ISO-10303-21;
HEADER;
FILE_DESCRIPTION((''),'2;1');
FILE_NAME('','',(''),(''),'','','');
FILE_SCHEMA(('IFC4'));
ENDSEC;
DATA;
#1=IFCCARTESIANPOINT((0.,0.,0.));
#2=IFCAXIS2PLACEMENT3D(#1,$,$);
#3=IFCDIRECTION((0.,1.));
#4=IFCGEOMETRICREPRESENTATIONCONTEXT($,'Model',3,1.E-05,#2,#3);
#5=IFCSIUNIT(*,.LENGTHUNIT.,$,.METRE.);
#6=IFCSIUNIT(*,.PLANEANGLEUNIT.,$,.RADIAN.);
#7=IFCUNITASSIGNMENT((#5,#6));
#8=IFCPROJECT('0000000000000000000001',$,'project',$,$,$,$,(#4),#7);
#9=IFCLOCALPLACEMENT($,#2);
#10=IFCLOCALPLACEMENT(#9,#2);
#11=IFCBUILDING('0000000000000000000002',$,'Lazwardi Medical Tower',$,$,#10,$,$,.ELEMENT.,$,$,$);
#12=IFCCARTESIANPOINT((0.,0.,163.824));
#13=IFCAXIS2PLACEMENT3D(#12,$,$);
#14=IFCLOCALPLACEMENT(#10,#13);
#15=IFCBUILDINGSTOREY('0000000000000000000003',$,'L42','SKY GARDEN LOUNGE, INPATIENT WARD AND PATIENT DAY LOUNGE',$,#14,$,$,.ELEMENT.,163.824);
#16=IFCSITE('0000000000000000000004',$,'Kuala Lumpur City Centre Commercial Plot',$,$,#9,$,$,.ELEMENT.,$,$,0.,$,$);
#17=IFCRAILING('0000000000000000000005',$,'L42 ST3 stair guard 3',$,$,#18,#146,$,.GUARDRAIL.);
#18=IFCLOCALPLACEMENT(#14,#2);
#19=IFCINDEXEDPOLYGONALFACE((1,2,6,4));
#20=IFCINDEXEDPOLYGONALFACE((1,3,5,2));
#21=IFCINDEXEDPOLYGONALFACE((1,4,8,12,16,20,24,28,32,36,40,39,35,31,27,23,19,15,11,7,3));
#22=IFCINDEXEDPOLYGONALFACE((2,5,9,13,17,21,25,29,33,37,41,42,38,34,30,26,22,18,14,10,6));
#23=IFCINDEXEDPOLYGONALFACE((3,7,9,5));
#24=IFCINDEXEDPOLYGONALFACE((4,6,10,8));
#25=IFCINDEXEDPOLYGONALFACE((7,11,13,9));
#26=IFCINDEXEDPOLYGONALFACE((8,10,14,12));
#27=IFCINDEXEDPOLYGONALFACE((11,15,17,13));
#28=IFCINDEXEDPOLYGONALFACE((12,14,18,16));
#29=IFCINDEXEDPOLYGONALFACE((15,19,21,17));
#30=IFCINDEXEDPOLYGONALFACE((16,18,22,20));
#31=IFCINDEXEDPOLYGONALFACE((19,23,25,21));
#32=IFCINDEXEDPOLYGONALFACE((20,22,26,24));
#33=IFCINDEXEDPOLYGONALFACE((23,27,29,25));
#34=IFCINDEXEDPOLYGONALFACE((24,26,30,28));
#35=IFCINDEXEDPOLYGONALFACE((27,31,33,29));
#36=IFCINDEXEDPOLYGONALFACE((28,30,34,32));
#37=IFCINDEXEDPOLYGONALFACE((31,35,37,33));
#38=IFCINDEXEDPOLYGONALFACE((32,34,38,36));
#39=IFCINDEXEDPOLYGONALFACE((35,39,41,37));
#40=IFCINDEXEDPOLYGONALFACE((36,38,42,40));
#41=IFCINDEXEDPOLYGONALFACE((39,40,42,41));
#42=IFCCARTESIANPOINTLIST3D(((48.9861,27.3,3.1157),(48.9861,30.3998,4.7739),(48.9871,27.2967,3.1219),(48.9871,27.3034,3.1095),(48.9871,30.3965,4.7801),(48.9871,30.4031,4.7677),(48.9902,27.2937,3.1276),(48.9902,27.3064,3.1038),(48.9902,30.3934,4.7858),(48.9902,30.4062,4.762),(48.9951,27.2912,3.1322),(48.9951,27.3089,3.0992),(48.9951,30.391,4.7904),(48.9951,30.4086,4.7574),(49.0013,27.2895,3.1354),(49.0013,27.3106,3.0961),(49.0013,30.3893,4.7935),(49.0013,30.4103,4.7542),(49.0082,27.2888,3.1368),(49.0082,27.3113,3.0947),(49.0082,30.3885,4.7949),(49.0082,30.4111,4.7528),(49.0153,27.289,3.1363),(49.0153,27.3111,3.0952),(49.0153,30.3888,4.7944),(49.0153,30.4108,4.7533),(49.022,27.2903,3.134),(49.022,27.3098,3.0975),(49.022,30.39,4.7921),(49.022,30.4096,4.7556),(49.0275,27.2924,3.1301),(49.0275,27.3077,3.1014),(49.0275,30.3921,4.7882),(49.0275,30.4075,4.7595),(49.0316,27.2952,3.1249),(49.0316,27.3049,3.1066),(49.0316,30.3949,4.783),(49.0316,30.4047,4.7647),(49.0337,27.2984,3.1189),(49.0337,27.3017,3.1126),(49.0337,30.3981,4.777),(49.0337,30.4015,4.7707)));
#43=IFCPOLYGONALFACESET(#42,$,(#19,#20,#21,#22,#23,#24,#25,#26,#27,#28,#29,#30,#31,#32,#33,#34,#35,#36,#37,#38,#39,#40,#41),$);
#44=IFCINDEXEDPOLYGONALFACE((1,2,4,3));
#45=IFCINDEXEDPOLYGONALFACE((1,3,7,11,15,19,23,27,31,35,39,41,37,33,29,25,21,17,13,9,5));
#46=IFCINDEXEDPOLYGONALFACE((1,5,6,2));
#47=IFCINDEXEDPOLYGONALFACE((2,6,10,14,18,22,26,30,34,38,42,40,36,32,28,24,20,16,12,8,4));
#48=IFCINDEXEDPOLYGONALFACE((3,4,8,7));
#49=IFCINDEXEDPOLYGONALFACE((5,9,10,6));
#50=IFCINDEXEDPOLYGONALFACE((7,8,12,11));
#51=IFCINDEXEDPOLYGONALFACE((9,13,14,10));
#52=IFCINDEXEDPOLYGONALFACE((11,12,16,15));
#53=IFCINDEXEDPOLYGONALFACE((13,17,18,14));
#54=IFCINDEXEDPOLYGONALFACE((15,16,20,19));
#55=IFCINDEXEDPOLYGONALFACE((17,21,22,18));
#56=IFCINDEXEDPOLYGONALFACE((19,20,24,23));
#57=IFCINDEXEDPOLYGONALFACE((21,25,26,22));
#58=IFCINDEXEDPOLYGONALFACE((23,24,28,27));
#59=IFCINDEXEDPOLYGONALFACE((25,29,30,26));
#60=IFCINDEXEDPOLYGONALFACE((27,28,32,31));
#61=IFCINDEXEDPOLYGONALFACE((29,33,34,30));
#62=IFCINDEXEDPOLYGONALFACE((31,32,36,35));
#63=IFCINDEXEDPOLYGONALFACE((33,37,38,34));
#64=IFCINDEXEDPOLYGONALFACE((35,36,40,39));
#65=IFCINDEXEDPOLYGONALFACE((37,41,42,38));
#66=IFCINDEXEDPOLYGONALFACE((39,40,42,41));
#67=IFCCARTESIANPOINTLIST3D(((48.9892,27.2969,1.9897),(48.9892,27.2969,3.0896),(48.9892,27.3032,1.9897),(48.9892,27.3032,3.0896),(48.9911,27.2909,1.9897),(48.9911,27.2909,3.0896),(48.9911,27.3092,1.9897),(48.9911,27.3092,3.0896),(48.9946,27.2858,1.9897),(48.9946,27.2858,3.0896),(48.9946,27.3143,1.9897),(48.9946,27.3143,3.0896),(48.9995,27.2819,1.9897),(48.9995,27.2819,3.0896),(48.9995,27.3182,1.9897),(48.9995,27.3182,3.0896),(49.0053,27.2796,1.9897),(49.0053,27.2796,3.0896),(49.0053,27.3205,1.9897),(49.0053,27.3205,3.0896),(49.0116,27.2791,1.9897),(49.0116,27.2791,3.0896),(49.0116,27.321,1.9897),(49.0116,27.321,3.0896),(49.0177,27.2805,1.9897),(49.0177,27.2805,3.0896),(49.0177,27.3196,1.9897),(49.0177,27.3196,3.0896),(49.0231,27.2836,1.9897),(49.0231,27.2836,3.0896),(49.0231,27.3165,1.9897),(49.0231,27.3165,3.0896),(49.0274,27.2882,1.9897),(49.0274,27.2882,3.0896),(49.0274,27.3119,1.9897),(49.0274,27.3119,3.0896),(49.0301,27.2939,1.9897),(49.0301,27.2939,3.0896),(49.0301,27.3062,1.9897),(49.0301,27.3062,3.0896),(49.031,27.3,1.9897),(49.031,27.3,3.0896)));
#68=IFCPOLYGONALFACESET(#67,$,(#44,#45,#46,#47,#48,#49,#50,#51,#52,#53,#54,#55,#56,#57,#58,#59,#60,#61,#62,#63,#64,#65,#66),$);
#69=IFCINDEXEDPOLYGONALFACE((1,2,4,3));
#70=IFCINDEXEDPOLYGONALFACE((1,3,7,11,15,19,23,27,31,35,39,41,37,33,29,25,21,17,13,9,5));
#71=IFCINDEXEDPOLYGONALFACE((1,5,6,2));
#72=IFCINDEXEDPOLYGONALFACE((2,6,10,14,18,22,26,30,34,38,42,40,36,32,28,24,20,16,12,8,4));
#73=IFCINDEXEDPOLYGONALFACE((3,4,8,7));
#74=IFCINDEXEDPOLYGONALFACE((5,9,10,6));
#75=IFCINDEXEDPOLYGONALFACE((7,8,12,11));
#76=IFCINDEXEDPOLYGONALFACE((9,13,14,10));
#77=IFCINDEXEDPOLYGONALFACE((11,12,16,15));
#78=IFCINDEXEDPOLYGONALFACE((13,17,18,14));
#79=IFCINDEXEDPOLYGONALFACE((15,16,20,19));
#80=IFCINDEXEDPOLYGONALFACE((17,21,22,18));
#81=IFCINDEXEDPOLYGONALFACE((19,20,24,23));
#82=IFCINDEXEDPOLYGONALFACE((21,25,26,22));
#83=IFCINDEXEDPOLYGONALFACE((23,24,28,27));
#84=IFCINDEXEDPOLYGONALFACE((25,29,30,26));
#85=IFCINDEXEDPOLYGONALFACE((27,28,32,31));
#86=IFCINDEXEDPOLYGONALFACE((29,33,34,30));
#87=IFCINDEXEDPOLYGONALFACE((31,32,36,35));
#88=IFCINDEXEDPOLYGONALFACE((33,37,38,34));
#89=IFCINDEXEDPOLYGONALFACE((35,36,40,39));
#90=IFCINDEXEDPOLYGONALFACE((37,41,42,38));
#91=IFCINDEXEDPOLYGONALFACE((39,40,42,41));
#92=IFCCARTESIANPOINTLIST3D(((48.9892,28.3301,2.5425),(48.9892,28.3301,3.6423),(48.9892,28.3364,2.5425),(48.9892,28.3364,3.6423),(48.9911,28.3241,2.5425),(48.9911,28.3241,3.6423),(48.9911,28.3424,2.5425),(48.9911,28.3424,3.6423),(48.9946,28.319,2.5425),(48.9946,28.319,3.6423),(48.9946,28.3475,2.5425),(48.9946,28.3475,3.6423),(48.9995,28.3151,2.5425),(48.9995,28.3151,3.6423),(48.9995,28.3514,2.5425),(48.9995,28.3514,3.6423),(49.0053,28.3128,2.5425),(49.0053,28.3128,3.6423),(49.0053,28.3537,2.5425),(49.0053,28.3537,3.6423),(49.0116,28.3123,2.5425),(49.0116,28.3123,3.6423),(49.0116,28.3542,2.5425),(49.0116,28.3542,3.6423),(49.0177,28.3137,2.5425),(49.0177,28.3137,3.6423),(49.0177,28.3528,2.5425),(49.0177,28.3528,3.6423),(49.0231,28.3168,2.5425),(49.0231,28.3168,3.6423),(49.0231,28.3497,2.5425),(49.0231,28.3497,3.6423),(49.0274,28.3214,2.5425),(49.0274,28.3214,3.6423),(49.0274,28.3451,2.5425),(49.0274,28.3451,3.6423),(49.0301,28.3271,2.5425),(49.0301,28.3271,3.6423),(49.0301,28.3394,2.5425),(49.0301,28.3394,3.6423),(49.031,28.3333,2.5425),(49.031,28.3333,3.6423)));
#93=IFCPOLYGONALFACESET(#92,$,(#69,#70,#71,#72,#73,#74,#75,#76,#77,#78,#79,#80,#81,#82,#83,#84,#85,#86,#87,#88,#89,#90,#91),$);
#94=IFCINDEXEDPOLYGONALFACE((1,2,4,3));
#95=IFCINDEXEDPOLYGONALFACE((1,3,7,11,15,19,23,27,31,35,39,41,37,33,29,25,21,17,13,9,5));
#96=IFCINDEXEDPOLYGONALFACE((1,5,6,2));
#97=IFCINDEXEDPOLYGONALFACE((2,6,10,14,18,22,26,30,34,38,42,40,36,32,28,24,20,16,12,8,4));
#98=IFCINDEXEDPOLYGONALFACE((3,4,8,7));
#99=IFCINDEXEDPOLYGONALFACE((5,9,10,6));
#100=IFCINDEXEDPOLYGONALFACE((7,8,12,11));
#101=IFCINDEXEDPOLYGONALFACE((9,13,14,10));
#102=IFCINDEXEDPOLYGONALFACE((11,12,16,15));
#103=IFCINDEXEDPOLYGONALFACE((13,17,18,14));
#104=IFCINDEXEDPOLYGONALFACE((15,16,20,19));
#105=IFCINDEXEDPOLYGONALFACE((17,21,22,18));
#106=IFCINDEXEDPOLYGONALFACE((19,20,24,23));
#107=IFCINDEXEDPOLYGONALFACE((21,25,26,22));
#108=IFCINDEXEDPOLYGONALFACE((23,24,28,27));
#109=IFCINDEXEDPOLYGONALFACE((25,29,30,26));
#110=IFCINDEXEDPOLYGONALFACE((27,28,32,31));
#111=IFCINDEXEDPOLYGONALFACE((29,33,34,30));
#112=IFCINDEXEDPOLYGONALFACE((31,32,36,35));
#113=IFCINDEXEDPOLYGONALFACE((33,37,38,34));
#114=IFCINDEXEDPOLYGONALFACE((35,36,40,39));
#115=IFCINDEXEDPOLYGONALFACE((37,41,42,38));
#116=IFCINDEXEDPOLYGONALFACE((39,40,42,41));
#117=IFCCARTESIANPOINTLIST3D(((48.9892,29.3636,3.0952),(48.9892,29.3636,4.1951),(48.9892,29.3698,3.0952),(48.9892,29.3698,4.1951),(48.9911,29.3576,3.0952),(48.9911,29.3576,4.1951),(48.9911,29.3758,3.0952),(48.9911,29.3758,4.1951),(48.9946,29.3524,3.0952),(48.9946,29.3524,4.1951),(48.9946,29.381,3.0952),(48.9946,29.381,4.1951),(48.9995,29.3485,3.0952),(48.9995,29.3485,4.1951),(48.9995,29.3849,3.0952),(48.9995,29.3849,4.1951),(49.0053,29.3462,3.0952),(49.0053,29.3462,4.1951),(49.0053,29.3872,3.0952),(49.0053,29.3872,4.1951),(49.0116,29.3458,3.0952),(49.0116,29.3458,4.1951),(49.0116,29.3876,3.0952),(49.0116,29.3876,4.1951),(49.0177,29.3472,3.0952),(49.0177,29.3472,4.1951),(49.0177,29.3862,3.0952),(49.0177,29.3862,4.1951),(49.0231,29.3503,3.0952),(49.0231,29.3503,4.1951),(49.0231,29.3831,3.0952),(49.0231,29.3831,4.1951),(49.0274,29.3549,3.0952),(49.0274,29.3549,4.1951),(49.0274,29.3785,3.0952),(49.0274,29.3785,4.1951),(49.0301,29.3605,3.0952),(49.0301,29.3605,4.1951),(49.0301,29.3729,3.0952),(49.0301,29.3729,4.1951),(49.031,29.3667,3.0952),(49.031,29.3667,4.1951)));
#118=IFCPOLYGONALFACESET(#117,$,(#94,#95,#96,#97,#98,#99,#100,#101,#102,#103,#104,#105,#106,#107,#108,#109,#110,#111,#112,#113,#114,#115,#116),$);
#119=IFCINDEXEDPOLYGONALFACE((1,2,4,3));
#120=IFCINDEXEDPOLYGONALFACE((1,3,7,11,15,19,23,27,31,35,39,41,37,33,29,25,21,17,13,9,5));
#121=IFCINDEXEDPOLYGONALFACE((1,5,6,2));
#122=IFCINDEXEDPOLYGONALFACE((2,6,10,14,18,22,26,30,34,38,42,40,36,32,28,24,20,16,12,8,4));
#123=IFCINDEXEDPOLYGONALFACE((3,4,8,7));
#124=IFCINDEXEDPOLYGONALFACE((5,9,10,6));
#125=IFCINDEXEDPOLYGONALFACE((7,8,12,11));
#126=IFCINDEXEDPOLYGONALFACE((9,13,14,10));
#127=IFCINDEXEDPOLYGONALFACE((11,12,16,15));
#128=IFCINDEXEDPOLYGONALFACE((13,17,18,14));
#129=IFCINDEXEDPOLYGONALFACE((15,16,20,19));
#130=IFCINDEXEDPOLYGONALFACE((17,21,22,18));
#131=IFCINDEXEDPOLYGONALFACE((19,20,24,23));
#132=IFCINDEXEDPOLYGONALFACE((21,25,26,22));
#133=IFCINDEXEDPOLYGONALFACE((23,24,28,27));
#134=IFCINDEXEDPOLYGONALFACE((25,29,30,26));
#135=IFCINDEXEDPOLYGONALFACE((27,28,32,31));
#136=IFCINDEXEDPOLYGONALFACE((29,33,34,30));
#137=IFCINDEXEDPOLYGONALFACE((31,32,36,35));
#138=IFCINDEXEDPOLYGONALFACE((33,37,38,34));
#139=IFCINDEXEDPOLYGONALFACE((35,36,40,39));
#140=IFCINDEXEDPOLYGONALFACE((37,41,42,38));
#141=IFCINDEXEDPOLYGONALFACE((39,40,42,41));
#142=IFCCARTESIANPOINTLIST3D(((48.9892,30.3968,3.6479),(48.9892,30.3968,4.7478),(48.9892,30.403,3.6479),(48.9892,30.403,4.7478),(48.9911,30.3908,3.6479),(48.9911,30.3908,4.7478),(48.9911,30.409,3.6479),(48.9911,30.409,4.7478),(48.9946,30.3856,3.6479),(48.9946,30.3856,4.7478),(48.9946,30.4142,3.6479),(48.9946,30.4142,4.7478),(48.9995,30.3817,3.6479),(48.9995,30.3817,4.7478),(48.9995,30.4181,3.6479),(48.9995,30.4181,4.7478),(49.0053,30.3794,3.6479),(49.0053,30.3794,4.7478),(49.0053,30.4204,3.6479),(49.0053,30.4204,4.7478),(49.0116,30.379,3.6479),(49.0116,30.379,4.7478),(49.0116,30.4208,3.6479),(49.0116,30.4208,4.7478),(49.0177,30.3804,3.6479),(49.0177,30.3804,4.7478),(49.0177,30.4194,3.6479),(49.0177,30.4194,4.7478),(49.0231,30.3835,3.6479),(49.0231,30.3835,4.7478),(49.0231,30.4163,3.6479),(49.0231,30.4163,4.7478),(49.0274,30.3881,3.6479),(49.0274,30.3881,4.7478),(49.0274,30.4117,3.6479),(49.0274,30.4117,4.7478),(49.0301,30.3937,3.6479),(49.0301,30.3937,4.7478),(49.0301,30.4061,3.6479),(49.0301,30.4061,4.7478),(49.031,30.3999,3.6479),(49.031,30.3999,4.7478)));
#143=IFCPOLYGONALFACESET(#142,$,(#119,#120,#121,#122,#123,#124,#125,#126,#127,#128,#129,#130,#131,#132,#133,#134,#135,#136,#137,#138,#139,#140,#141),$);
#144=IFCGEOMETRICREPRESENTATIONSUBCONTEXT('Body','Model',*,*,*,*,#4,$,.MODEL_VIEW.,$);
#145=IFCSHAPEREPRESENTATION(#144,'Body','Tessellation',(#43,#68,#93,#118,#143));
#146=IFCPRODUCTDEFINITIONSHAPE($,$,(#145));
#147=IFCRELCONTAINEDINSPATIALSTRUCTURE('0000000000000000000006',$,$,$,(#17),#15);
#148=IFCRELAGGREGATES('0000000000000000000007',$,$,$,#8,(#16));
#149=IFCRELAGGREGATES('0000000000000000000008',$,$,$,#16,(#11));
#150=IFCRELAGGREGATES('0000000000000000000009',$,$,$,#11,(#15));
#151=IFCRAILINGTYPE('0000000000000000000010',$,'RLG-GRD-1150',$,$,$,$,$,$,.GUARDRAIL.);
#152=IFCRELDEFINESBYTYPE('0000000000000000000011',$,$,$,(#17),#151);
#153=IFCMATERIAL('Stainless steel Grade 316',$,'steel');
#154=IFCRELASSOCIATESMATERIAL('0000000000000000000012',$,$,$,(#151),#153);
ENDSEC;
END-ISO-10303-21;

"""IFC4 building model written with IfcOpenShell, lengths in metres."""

from ifc_helpers import new_model, si_unit, direction, frame, origin, origin_2d, place, context, subcontext, project, spatial, circle, extrude, material, type_object, element, save


model = new_model("IFC4")

# Units and contexts
model_context = context("Model", 3, precision=1e-05, world=origin(), true_north=direction((0.0, 1.0)))
body_context = subcontext(model_context, "Body", "Model", "MODEL_VIEW")
ifc_project = project(units=[si_unit("LENGTHUNIT", "METRE"), si_unit("PLANEANGLEUNIT", "RADIAN")], contexts=[model_context])

# Site, building, storey
site_placement = place(None, origin())
site = spatial("IfcSite", under=ifc_project, at=site_placement, Name="Kuala Lumpur City Centre Commercial Plot", CompositionType="ELEMENT", RefElevation=0.0)
building_placement = place(site_placement, origin())
building = spatial("IfcBuilding", under=site, at=building_placement, Name="Lazwardi Medical Tower", CompositionType="ELEMENT")
storey_placement = place(building_placement, frame((0.0, 0.0, 163.824)))
storey = spatial("IfcBuildingStorey", under=building, at=storey_placement, Name="L42", Description="SKY GARDEN LOUNGE, INPATIENT WARD AND PATIENT DAY LOUNGE", CompositionType="ELEMENT", Elevation=163.824)

# Railing
ifc_material_1 = material(Name="Stainless steel Grade 316", Category="steel")
railing_type_1 = type_object("IfcRailingType", Name="RLG-GRD-1150", PredefinedType="GUARDRAIL", material=ifc_material_1)
railing_1_placement = place(storey_placement, frame((49.01, 27.3, 1.9897)))
element("IfcRailing", 1, at=railing_1_placement, inside=storey, type_object=railing_type_1, Name="L42 ST3 stair guard 3", PredefinedType="GUARDRAIL", context=body_context, shape_type="SweptSolid", body=[
    extrude(circle(Radius=0.0239, at=origin_2d()), frame((0.0, 0.0, 1.126), z_axis=(0.0, 0.881768, 0.471684), x_axis=(-1.0, 0.0, 0.0)), (0.0, 0.0, 1.0), 3.5154),
    extrude(circle(Radius=0.021, at=origin_2d()), origin(), (0.0, 0.0, 1.0), 1.0999),
    extrude(circle(Radius=0.021, at=origin_2d()), frame((0.0, 1.0332, 0.5527)), (0.0, 0.0, 1.0), 1.0999),
    extrude(circle(Radius=0.021, at=origin_2d()), frame((0.0, 2.0667, 1.1055)), (0.0, 0.0, 1.0), 1.0999),
    extrude(circle(Radius=0.021, at=origin_2d()), frame((0.0, 3.0999, 1.6582)), (0.0, 0.0, 1.0), 1.0999),
])

save(model, "model.ifc")
